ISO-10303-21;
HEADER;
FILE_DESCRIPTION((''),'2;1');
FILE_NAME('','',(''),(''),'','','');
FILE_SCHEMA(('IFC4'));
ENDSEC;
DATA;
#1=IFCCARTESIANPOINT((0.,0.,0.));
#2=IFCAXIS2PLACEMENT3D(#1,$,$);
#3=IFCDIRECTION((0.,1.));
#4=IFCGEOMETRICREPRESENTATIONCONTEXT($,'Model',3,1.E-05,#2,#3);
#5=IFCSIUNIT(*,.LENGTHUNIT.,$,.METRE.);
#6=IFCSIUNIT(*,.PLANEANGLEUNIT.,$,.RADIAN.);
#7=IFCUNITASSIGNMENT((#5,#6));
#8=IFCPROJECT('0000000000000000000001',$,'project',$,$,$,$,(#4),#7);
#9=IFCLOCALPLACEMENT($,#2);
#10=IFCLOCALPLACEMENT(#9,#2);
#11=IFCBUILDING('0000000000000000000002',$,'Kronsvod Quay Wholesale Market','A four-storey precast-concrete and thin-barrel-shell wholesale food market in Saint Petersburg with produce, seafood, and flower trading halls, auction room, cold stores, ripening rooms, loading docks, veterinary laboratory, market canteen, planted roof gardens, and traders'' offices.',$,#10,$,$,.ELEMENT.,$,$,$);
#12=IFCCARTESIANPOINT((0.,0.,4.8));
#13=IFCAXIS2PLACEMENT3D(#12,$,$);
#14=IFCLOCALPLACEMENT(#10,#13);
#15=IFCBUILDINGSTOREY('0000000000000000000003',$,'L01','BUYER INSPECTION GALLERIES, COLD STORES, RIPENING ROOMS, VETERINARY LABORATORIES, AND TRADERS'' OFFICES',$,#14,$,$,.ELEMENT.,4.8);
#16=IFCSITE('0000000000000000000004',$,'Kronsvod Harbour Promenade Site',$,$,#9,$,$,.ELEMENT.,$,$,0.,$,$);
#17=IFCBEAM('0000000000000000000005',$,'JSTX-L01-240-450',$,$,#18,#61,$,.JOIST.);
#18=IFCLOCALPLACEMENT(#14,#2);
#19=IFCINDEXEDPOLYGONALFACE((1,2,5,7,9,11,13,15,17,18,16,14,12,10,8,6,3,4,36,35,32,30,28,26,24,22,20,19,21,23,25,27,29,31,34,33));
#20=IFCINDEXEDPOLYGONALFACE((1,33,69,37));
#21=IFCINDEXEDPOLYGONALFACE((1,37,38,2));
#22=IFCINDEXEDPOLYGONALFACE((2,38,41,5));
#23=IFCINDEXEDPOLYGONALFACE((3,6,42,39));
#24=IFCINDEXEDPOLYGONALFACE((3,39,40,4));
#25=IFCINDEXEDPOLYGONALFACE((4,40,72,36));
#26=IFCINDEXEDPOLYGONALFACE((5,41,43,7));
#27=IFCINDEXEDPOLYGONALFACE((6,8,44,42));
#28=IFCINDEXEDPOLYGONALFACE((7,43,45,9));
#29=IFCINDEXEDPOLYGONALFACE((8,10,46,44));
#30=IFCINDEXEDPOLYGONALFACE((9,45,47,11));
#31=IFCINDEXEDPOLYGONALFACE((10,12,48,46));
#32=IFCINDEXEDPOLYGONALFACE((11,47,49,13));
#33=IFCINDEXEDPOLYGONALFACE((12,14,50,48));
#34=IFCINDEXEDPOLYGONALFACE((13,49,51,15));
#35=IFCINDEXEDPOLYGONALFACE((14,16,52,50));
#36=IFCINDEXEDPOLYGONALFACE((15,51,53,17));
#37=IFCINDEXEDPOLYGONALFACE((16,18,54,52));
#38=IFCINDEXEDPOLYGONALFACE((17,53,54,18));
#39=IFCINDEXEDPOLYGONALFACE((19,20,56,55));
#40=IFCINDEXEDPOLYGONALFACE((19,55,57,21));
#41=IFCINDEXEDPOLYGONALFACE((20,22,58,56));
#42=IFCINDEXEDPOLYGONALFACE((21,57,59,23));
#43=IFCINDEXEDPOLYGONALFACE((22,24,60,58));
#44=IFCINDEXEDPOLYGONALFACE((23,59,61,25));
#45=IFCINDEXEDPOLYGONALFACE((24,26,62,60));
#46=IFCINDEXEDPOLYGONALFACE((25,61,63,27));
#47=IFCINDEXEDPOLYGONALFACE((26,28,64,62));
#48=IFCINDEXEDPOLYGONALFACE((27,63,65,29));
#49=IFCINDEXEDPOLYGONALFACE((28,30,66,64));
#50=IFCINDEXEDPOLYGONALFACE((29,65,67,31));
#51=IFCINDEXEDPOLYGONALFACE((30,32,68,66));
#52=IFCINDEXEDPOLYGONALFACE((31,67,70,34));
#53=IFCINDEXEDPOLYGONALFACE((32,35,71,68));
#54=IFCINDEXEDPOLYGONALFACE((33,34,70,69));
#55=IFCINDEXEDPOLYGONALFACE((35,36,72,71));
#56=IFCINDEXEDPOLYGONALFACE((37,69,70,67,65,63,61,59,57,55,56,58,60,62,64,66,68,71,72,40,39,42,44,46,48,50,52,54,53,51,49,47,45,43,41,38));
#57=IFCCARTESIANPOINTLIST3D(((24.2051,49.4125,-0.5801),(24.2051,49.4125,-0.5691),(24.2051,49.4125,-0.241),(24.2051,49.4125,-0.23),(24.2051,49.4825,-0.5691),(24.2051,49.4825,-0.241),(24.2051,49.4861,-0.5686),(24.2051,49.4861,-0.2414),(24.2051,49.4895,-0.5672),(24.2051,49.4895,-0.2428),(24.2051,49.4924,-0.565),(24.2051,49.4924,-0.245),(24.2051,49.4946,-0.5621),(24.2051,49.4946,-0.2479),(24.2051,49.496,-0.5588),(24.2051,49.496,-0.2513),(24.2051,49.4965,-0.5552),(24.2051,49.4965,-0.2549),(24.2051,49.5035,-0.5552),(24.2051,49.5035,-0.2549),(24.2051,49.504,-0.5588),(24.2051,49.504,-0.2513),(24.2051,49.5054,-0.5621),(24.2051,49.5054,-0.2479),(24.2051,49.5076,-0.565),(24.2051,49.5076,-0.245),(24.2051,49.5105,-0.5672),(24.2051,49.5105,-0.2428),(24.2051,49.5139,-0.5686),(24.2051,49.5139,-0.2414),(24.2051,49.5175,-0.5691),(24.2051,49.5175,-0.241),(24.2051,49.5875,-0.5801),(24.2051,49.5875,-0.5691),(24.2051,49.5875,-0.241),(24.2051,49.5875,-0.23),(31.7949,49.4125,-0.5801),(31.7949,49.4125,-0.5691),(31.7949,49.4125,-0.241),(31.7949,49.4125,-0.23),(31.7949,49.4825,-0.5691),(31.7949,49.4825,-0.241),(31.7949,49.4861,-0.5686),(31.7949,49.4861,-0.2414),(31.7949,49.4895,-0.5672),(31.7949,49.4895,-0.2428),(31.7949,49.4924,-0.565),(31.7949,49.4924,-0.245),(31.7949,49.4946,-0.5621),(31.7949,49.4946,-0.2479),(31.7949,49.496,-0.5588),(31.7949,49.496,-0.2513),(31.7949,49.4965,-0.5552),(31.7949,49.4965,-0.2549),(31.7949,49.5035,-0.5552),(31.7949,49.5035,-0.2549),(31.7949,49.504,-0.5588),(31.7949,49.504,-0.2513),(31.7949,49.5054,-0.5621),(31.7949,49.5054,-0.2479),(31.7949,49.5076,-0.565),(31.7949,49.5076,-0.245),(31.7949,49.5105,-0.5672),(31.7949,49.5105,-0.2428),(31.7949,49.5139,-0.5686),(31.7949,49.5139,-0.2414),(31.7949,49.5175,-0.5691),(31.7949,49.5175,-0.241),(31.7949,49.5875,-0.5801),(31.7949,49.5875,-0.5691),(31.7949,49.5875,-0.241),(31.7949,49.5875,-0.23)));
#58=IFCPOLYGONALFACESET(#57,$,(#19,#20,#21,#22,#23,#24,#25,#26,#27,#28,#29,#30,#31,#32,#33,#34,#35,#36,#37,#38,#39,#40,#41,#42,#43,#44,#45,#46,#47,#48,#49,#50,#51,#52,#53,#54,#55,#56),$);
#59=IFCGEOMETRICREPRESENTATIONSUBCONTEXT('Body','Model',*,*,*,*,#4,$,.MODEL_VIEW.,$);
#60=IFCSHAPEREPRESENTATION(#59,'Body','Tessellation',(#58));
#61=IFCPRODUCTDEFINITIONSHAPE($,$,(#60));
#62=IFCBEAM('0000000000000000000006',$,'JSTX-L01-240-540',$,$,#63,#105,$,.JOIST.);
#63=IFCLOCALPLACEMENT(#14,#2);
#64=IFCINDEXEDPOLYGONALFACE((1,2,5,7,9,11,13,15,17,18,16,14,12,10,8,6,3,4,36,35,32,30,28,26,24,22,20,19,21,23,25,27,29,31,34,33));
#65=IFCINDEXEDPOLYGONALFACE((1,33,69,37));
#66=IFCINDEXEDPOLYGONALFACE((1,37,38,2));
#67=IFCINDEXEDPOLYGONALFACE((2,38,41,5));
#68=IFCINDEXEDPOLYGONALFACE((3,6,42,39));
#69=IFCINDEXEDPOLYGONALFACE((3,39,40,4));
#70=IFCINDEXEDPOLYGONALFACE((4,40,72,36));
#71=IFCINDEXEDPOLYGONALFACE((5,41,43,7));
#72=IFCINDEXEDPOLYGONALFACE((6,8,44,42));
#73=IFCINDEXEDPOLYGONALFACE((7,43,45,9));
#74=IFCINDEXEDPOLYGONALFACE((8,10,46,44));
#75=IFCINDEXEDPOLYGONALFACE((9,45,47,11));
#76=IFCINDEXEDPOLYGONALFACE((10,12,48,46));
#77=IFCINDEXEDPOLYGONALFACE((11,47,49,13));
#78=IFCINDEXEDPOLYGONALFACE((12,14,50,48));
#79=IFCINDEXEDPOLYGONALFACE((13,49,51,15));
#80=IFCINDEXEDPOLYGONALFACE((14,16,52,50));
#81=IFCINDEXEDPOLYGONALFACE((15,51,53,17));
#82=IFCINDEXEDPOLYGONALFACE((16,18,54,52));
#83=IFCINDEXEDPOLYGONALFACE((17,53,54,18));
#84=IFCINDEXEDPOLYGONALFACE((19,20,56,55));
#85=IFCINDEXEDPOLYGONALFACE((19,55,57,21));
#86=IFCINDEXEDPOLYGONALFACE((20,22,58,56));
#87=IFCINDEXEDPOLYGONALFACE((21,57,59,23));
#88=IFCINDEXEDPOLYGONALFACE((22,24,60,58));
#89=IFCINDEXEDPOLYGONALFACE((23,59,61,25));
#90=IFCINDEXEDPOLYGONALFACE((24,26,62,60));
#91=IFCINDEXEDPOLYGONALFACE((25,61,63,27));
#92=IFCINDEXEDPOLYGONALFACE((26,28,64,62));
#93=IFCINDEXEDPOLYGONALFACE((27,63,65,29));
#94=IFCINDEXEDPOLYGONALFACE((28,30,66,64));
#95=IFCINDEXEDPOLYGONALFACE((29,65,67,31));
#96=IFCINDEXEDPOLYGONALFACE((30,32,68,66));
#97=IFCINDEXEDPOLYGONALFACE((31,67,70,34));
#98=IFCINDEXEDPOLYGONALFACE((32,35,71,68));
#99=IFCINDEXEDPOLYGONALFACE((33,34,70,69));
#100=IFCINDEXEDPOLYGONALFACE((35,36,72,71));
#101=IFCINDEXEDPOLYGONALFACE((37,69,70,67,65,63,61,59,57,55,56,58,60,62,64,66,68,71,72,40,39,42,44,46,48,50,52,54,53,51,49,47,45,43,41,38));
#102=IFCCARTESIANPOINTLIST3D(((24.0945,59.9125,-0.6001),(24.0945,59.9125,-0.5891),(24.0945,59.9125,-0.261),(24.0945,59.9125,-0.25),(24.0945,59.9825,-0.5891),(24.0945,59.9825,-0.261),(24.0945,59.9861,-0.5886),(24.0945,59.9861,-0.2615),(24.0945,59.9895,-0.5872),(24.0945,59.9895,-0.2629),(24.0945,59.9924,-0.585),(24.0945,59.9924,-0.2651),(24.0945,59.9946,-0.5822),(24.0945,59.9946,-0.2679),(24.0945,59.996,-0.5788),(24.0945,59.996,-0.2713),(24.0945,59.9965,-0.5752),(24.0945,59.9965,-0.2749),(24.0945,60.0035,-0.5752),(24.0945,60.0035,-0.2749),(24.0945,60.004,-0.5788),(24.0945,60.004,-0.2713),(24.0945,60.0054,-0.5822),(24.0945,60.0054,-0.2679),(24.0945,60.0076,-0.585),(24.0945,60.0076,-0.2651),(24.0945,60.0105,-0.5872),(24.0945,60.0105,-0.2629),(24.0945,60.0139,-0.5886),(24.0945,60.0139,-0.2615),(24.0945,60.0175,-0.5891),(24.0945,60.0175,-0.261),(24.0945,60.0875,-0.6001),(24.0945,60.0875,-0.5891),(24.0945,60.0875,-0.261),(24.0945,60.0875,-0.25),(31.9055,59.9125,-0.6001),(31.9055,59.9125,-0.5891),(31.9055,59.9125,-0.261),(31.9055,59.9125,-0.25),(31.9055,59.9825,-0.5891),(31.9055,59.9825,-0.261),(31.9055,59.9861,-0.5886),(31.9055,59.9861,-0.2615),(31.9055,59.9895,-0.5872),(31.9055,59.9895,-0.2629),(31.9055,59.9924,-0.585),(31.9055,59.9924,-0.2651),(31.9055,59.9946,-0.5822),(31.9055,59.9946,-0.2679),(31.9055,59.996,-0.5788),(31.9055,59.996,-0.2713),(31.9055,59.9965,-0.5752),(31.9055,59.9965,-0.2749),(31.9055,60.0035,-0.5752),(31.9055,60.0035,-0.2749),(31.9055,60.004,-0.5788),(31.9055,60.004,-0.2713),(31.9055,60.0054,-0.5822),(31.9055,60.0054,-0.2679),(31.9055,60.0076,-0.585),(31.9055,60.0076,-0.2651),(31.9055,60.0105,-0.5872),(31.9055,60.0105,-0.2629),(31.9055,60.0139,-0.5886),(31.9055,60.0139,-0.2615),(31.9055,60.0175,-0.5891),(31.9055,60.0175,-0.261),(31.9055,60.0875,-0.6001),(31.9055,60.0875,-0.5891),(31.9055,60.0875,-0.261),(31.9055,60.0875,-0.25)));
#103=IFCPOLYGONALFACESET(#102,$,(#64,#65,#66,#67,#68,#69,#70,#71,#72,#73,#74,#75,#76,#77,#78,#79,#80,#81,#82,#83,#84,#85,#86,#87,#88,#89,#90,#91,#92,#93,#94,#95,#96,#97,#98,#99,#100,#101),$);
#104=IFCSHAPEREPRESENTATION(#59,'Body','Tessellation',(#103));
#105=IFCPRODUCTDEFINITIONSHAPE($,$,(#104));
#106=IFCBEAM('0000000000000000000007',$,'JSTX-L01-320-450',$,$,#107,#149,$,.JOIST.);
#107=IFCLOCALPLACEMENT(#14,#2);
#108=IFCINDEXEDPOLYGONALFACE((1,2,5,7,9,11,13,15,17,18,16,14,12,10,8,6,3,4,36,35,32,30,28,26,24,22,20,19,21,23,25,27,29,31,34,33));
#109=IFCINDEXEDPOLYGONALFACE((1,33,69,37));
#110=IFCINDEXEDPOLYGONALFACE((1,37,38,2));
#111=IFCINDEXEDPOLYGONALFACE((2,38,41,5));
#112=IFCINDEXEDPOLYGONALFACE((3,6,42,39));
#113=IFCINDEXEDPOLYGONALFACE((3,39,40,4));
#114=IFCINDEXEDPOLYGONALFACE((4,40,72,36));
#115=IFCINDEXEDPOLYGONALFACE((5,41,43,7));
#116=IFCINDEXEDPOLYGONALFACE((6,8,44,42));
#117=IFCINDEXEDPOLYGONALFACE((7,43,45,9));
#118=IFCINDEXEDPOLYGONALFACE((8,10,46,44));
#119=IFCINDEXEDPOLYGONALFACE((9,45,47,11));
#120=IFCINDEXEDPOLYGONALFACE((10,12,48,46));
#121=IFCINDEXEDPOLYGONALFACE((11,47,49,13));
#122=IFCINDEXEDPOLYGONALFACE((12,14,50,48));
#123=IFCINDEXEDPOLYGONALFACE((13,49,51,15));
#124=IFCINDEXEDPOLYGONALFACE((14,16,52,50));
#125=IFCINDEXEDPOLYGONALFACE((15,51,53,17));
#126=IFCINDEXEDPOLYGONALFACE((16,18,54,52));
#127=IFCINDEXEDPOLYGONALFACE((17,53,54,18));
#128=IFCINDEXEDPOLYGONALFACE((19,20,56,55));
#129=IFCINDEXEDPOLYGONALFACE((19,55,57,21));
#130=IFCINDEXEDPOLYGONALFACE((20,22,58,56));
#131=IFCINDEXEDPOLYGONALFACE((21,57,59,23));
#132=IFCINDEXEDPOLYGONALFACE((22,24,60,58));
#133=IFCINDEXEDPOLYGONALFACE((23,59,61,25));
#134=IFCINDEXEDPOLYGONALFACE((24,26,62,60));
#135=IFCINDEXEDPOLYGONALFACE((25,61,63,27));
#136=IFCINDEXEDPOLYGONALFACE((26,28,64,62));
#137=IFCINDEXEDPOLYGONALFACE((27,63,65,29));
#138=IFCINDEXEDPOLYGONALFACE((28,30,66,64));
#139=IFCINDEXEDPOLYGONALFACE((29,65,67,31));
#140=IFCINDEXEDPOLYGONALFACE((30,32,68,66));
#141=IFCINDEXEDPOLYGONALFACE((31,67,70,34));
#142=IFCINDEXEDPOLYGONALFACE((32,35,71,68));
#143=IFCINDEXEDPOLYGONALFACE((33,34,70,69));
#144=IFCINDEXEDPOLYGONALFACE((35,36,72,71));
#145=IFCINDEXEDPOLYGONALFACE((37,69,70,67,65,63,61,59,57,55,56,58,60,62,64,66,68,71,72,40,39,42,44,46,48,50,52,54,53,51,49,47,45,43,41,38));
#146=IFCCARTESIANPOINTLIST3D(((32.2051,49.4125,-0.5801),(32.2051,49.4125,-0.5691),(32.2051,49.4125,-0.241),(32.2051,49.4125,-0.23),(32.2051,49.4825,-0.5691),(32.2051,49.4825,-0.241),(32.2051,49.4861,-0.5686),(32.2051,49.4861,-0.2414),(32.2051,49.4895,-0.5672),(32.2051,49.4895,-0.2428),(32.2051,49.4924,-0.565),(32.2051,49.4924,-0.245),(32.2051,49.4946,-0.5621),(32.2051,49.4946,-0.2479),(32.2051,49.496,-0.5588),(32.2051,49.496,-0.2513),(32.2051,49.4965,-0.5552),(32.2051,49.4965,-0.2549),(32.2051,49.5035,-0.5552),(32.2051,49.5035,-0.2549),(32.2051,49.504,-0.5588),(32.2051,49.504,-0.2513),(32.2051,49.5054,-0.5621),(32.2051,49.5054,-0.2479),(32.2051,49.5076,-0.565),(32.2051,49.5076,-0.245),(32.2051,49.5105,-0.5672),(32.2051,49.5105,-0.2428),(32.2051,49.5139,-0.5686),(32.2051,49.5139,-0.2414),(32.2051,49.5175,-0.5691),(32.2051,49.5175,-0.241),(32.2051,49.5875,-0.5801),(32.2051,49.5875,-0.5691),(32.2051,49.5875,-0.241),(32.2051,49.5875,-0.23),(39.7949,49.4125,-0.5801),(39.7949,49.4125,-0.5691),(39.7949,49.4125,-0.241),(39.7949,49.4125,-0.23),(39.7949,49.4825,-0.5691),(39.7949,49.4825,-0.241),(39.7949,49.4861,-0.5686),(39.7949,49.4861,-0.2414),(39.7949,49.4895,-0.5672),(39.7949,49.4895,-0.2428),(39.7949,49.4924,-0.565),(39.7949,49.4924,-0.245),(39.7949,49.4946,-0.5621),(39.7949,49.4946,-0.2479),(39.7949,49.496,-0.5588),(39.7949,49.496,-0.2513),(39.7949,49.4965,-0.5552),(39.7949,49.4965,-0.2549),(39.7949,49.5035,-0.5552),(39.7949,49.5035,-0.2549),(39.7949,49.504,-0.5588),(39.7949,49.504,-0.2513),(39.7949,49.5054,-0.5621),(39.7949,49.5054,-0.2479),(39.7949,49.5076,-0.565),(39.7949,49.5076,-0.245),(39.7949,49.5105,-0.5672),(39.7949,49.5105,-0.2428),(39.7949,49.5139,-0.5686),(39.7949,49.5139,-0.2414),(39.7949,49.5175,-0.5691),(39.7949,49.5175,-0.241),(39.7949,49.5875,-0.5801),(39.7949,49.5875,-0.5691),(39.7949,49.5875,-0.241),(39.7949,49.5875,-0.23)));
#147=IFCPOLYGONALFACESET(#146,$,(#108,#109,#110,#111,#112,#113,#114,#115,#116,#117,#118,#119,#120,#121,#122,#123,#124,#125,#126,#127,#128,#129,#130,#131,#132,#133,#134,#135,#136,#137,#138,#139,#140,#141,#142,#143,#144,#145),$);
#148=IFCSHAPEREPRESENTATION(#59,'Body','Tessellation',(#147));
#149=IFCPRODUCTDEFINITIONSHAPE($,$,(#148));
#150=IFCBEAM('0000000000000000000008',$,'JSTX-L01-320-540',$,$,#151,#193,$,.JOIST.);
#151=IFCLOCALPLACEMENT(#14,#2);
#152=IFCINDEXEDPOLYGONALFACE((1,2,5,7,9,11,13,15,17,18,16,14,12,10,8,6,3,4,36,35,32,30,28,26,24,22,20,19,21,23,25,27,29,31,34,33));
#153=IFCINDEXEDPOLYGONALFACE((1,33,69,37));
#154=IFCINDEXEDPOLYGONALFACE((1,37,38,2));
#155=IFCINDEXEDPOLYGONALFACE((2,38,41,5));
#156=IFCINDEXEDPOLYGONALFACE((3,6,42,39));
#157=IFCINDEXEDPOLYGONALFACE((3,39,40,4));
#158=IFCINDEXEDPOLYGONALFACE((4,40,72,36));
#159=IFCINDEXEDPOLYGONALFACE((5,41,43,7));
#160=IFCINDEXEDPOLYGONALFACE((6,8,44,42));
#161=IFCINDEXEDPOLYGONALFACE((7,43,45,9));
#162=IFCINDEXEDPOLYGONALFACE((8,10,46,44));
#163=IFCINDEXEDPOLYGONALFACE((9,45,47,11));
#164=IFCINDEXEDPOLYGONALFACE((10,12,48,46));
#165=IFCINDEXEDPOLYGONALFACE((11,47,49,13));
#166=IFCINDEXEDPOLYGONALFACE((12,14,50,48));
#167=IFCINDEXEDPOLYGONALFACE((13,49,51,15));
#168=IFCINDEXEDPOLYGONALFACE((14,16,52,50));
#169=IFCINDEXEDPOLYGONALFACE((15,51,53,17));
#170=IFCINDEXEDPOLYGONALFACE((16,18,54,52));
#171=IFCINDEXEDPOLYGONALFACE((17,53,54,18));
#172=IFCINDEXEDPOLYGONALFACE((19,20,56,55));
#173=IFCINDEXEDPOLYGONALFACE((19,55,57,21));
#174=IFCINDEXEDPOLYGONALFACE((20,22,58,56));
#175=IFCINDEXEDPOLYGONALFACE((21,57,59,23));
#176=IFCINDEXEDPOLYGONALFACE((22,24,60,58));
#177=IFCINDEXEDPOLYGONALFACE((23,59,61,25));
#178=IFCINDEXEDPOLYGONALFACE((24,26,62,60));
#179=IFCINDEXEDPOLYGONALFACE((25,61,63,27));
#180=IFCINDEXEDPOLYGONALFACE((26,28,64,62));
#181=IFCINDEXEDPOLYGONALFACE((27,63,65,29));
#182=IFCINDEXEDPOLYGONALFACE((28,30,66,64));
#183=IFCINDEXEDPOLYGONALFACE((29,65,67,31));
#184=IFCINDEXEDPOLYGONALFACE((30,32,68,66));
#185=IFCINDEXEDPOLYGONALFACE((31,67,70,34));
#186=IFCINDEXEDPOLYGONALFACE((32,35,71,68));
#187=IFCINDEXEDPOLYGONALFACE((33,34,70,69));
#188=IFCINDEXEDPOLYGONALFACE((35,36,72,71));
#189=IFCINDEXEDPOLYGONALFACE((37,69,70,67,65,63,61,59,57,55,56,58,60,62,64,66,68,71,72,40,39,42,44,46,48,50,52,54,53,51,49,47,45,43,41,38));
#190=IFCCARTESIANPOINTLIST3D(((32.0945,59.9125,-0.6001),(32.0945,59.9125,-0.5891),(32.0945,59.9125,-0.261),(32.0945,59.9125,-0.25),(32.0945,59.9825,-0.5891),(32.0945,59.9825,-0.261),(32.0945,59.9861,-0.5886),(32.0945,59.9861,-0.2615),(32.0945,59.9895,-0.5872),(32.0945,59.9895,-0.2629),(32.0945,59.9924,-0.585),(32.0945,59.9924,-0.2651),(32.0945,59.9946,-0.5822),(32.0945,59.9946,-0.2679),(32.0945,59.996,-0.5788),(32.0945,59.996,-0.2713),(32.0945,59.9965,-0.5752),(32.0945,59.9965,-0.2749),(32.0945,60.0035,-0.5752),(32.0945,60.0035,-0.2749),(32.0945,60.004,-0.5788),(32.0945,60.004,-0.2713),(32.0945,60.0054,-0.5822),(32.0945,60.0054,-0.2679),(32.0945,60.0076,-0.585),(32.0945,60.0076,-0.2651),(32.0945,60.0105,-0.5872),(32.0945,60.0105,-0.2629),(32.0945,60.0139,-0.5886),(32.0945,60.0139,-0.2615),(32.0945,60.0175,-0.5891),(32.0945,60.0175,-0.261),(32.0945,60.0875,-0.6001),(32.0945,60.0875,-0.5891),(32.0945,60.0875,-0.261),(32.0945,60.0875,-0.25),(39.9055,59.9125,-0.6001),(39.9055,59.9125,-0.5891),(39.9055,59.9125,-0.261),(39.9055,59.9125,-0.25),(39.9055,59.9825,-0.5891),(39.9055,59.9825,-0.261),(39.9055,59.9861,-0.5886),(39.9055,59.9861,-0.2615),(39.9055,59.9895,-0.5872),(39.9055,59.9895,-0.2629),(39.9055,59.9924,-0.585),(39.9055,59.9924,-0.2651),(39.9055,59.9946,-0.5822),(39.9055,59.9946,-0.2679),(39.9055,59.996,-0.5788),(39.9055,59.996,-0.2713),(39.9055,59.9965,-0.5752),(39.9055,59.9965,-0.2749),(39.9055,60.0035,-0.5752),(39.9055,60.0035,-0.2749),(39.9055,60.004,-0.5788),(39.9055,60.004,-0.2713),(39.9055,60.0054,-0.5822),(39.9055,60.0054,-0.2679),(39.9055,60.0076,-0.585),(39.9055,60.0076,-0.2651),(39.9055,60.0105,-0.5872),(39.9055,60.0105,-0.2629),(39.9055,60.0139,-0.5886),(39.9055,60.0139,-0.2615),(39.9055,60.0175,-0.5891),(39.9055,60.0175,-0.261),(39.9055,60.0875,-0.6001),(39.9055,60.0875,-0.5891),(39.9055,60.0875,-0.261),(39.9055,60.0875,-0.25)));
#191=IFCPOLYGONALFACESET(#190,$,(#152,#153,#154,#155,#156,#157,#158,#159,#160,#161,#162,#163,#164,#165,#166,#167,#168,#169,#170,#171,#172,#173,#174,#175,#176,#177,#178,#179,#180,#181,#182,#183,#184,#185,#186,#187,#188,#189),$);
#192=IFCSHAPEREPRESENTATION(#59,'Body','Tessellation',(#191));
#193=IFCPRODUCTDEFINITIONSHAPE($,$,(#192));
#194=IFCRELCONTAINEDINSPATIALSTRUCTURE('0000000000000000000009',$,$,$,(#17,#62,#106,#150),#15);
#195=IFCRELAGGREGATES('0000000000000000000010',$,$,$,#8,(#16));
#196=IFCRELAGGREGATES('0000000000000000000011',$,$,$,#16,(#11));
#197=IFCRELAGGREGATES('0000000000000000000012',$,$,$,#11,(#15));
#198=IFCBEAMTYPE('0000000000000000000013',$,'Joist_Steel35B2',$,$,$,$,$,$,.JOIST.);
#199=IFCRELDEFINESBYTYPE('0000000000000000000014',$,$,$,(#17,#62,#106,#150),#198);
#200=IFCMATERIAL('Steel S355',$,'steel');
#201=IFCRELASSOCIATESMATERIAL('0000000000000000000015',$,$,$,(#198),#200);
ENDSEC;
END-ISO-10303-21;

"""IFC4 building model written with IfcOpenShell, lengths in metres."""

from ifc_helpers import new_model, si_unit, direction, frame, origin, origin_2d, place, context, subcontext, project, spatial, i_section, extrude, material, material_profile, profile_set, type_object, element, save


model = new_model("IFC4")

# Units and contexts
model_context = context("Model", 3, precision=1e-05, world=origin(), true_north=direction((0.0, 1.0)))
body_context = subcontext(model_context, "Body", "Model", "MODEL_VIEW")
ifc_project = project(units=[si_unit("LENGTHUNIT", "METRE"), si_unit("PLANEANGLEUNIT", "RADIAN")], contexts=[model_context])

# Site, building, storey
site_placement = place(None, origin())
site = spatial("IfcSite", under=ifc_project, at=site_placement, Name="Kronsvod Harbour Promenade Site", CompositionType="ELEMENT", RefElevation=0.0)
building_placement = place(site_placement, origin())
building = spatial("IfcBuilding", under=site, at=building_placement, Name="Kronsvod Quay Wholesale Market", Description="A four-storey precast-concrete and thin-barrel-shell wholesale food market in Saint Petersburg with produce, seafood, and flower trading halls, auction room, cold stores, ripening rooms, loading docks, veterinary laboratory, market canteen, planted roof gardens, and traders' offices.", CompositionType="ELEMENT")
storey_placement = place(building_placement, frame((0.0, 0.0, 4.8)))
storey = spatial("IfcBuildingStorey", under=building, at=storey_placement, Name="L01", Description="BUYER INSPECTION GALLERIES, COLD STORES, RIPENING ROOMS, VETERINARY LABORATORIES, AND TRADERS' OFFICES", CompositionType="ELEMENT", Elevation=4.8)

# Beams
ifc_material_1 = material(Name="Steel S355", Category="steel")
ifc_material_profile_1 = material_profile(ifc_material_1, i_section(OverallWidth=0.175, OverallDepth=0.3501, WebThickness=0.0071, FlangeThickness=0.011, FilletRadius=0.0139, at=origin_2d()), Name="35B2")
ifc_profile_set_1 = profile_set([ifc_material_profile_1], Name="Steel S355")
beam_type_1 = type_object("IfcBeamType", Name="Joist_Steel35B2", PredefinedType="JOIST", material=ifc_profile_set_1)
beam_1_placement = place(storey_placement, frame((24.2051, 49.5, -0.405), z_axis=(1.0, 0.0, 0.0), x_axis=(0.0, 1.0, 0.0)))
element("IfcBeam", 1, at=beam_1_placement, inside=storey, type_object=beam_type_1, Name="JSTX-L01-240-450", PredefinedType="JOIST", context=body_context, shape_type="SweptSolid", body=[
    extrude(i_section(OverallWidth=0.175, OverallDepth=0.3501, WebThickness=0.0071, FlangeThickness=0.011, FilletRadius=0.0139, at=origin_2d()), origin(), (0.0, 0.0, 1.0), 7.5898),
])
beam_2_placement = place(storey_placement, frame((24.0945, 60.0, -0.425), z_axis=(1.0, 0.0, 0.0), x_axis=(0.0, 1.0, 0.0)))
element("IfcBeam", 2, at=beam_2_placement, inside=storey, type_object=beam_type_1, Name="JSTX-L01-240-540", PredefinedType="JOIST", context=body_context, shape_type="SweptSolid", body=[
    extrude(i_section(OverallWidth=0.175, OverallDepth=0.3501, WebThickness=0.0071, FlangeThickness=0.011, FilletRadius=0.0139, at=origin_2d()), origin(), (0.0, 0.0, 1.0), 7.811),
])
beam_3_placement = place(storey_placement, frame((32.2051, 49.5, -0.405), z_axis=(1.0, 0.0, 0.0), x_axis=(0.0, 1.0, 0.0)))
element("IfcBeam", 3, at=beam_3_placement, inside=storey, type_object=beam_type_1, Name="JSTX-L01-320-450", PredefinedType="JOIST", context=body_context, shape_type="SweptSolid", body=[
    extrude(i_section(OverallWidth=0.175, OverallDepth=0.3501, WebThickness=0.0071, FlangeThickness=0.011, FilletRadius=0.0139, at=origin_2d()), origin(), (0.0, 0.0, 1.0), 7.5898),
])
beam_4_placement = place(storey_placement, frame((32.0945, 60.0, -0.425), z_axis=(1.0, 0.0, 0.0), x_axis=(0.0, 1.0, 0.0)))
element("IfcBeam", 4, at=beam_4_placement, inside=storey, type_object=beam_type_1, Name="JSTX-L01-320-540", PredefinedType="JOIST", context=body_context, shape_type="SweptSolid", body=[
    extrude(i_section(OverallWidth=0.175, OverallDepth=0.3501, WebThickness=0.0071, FlangeThickness=0.011, FilletRadius=0.0139, at=origin_2d()), origin(), (0.0, 0.0, 1.0), 7.811),
])

save(model, "model.ifc")
